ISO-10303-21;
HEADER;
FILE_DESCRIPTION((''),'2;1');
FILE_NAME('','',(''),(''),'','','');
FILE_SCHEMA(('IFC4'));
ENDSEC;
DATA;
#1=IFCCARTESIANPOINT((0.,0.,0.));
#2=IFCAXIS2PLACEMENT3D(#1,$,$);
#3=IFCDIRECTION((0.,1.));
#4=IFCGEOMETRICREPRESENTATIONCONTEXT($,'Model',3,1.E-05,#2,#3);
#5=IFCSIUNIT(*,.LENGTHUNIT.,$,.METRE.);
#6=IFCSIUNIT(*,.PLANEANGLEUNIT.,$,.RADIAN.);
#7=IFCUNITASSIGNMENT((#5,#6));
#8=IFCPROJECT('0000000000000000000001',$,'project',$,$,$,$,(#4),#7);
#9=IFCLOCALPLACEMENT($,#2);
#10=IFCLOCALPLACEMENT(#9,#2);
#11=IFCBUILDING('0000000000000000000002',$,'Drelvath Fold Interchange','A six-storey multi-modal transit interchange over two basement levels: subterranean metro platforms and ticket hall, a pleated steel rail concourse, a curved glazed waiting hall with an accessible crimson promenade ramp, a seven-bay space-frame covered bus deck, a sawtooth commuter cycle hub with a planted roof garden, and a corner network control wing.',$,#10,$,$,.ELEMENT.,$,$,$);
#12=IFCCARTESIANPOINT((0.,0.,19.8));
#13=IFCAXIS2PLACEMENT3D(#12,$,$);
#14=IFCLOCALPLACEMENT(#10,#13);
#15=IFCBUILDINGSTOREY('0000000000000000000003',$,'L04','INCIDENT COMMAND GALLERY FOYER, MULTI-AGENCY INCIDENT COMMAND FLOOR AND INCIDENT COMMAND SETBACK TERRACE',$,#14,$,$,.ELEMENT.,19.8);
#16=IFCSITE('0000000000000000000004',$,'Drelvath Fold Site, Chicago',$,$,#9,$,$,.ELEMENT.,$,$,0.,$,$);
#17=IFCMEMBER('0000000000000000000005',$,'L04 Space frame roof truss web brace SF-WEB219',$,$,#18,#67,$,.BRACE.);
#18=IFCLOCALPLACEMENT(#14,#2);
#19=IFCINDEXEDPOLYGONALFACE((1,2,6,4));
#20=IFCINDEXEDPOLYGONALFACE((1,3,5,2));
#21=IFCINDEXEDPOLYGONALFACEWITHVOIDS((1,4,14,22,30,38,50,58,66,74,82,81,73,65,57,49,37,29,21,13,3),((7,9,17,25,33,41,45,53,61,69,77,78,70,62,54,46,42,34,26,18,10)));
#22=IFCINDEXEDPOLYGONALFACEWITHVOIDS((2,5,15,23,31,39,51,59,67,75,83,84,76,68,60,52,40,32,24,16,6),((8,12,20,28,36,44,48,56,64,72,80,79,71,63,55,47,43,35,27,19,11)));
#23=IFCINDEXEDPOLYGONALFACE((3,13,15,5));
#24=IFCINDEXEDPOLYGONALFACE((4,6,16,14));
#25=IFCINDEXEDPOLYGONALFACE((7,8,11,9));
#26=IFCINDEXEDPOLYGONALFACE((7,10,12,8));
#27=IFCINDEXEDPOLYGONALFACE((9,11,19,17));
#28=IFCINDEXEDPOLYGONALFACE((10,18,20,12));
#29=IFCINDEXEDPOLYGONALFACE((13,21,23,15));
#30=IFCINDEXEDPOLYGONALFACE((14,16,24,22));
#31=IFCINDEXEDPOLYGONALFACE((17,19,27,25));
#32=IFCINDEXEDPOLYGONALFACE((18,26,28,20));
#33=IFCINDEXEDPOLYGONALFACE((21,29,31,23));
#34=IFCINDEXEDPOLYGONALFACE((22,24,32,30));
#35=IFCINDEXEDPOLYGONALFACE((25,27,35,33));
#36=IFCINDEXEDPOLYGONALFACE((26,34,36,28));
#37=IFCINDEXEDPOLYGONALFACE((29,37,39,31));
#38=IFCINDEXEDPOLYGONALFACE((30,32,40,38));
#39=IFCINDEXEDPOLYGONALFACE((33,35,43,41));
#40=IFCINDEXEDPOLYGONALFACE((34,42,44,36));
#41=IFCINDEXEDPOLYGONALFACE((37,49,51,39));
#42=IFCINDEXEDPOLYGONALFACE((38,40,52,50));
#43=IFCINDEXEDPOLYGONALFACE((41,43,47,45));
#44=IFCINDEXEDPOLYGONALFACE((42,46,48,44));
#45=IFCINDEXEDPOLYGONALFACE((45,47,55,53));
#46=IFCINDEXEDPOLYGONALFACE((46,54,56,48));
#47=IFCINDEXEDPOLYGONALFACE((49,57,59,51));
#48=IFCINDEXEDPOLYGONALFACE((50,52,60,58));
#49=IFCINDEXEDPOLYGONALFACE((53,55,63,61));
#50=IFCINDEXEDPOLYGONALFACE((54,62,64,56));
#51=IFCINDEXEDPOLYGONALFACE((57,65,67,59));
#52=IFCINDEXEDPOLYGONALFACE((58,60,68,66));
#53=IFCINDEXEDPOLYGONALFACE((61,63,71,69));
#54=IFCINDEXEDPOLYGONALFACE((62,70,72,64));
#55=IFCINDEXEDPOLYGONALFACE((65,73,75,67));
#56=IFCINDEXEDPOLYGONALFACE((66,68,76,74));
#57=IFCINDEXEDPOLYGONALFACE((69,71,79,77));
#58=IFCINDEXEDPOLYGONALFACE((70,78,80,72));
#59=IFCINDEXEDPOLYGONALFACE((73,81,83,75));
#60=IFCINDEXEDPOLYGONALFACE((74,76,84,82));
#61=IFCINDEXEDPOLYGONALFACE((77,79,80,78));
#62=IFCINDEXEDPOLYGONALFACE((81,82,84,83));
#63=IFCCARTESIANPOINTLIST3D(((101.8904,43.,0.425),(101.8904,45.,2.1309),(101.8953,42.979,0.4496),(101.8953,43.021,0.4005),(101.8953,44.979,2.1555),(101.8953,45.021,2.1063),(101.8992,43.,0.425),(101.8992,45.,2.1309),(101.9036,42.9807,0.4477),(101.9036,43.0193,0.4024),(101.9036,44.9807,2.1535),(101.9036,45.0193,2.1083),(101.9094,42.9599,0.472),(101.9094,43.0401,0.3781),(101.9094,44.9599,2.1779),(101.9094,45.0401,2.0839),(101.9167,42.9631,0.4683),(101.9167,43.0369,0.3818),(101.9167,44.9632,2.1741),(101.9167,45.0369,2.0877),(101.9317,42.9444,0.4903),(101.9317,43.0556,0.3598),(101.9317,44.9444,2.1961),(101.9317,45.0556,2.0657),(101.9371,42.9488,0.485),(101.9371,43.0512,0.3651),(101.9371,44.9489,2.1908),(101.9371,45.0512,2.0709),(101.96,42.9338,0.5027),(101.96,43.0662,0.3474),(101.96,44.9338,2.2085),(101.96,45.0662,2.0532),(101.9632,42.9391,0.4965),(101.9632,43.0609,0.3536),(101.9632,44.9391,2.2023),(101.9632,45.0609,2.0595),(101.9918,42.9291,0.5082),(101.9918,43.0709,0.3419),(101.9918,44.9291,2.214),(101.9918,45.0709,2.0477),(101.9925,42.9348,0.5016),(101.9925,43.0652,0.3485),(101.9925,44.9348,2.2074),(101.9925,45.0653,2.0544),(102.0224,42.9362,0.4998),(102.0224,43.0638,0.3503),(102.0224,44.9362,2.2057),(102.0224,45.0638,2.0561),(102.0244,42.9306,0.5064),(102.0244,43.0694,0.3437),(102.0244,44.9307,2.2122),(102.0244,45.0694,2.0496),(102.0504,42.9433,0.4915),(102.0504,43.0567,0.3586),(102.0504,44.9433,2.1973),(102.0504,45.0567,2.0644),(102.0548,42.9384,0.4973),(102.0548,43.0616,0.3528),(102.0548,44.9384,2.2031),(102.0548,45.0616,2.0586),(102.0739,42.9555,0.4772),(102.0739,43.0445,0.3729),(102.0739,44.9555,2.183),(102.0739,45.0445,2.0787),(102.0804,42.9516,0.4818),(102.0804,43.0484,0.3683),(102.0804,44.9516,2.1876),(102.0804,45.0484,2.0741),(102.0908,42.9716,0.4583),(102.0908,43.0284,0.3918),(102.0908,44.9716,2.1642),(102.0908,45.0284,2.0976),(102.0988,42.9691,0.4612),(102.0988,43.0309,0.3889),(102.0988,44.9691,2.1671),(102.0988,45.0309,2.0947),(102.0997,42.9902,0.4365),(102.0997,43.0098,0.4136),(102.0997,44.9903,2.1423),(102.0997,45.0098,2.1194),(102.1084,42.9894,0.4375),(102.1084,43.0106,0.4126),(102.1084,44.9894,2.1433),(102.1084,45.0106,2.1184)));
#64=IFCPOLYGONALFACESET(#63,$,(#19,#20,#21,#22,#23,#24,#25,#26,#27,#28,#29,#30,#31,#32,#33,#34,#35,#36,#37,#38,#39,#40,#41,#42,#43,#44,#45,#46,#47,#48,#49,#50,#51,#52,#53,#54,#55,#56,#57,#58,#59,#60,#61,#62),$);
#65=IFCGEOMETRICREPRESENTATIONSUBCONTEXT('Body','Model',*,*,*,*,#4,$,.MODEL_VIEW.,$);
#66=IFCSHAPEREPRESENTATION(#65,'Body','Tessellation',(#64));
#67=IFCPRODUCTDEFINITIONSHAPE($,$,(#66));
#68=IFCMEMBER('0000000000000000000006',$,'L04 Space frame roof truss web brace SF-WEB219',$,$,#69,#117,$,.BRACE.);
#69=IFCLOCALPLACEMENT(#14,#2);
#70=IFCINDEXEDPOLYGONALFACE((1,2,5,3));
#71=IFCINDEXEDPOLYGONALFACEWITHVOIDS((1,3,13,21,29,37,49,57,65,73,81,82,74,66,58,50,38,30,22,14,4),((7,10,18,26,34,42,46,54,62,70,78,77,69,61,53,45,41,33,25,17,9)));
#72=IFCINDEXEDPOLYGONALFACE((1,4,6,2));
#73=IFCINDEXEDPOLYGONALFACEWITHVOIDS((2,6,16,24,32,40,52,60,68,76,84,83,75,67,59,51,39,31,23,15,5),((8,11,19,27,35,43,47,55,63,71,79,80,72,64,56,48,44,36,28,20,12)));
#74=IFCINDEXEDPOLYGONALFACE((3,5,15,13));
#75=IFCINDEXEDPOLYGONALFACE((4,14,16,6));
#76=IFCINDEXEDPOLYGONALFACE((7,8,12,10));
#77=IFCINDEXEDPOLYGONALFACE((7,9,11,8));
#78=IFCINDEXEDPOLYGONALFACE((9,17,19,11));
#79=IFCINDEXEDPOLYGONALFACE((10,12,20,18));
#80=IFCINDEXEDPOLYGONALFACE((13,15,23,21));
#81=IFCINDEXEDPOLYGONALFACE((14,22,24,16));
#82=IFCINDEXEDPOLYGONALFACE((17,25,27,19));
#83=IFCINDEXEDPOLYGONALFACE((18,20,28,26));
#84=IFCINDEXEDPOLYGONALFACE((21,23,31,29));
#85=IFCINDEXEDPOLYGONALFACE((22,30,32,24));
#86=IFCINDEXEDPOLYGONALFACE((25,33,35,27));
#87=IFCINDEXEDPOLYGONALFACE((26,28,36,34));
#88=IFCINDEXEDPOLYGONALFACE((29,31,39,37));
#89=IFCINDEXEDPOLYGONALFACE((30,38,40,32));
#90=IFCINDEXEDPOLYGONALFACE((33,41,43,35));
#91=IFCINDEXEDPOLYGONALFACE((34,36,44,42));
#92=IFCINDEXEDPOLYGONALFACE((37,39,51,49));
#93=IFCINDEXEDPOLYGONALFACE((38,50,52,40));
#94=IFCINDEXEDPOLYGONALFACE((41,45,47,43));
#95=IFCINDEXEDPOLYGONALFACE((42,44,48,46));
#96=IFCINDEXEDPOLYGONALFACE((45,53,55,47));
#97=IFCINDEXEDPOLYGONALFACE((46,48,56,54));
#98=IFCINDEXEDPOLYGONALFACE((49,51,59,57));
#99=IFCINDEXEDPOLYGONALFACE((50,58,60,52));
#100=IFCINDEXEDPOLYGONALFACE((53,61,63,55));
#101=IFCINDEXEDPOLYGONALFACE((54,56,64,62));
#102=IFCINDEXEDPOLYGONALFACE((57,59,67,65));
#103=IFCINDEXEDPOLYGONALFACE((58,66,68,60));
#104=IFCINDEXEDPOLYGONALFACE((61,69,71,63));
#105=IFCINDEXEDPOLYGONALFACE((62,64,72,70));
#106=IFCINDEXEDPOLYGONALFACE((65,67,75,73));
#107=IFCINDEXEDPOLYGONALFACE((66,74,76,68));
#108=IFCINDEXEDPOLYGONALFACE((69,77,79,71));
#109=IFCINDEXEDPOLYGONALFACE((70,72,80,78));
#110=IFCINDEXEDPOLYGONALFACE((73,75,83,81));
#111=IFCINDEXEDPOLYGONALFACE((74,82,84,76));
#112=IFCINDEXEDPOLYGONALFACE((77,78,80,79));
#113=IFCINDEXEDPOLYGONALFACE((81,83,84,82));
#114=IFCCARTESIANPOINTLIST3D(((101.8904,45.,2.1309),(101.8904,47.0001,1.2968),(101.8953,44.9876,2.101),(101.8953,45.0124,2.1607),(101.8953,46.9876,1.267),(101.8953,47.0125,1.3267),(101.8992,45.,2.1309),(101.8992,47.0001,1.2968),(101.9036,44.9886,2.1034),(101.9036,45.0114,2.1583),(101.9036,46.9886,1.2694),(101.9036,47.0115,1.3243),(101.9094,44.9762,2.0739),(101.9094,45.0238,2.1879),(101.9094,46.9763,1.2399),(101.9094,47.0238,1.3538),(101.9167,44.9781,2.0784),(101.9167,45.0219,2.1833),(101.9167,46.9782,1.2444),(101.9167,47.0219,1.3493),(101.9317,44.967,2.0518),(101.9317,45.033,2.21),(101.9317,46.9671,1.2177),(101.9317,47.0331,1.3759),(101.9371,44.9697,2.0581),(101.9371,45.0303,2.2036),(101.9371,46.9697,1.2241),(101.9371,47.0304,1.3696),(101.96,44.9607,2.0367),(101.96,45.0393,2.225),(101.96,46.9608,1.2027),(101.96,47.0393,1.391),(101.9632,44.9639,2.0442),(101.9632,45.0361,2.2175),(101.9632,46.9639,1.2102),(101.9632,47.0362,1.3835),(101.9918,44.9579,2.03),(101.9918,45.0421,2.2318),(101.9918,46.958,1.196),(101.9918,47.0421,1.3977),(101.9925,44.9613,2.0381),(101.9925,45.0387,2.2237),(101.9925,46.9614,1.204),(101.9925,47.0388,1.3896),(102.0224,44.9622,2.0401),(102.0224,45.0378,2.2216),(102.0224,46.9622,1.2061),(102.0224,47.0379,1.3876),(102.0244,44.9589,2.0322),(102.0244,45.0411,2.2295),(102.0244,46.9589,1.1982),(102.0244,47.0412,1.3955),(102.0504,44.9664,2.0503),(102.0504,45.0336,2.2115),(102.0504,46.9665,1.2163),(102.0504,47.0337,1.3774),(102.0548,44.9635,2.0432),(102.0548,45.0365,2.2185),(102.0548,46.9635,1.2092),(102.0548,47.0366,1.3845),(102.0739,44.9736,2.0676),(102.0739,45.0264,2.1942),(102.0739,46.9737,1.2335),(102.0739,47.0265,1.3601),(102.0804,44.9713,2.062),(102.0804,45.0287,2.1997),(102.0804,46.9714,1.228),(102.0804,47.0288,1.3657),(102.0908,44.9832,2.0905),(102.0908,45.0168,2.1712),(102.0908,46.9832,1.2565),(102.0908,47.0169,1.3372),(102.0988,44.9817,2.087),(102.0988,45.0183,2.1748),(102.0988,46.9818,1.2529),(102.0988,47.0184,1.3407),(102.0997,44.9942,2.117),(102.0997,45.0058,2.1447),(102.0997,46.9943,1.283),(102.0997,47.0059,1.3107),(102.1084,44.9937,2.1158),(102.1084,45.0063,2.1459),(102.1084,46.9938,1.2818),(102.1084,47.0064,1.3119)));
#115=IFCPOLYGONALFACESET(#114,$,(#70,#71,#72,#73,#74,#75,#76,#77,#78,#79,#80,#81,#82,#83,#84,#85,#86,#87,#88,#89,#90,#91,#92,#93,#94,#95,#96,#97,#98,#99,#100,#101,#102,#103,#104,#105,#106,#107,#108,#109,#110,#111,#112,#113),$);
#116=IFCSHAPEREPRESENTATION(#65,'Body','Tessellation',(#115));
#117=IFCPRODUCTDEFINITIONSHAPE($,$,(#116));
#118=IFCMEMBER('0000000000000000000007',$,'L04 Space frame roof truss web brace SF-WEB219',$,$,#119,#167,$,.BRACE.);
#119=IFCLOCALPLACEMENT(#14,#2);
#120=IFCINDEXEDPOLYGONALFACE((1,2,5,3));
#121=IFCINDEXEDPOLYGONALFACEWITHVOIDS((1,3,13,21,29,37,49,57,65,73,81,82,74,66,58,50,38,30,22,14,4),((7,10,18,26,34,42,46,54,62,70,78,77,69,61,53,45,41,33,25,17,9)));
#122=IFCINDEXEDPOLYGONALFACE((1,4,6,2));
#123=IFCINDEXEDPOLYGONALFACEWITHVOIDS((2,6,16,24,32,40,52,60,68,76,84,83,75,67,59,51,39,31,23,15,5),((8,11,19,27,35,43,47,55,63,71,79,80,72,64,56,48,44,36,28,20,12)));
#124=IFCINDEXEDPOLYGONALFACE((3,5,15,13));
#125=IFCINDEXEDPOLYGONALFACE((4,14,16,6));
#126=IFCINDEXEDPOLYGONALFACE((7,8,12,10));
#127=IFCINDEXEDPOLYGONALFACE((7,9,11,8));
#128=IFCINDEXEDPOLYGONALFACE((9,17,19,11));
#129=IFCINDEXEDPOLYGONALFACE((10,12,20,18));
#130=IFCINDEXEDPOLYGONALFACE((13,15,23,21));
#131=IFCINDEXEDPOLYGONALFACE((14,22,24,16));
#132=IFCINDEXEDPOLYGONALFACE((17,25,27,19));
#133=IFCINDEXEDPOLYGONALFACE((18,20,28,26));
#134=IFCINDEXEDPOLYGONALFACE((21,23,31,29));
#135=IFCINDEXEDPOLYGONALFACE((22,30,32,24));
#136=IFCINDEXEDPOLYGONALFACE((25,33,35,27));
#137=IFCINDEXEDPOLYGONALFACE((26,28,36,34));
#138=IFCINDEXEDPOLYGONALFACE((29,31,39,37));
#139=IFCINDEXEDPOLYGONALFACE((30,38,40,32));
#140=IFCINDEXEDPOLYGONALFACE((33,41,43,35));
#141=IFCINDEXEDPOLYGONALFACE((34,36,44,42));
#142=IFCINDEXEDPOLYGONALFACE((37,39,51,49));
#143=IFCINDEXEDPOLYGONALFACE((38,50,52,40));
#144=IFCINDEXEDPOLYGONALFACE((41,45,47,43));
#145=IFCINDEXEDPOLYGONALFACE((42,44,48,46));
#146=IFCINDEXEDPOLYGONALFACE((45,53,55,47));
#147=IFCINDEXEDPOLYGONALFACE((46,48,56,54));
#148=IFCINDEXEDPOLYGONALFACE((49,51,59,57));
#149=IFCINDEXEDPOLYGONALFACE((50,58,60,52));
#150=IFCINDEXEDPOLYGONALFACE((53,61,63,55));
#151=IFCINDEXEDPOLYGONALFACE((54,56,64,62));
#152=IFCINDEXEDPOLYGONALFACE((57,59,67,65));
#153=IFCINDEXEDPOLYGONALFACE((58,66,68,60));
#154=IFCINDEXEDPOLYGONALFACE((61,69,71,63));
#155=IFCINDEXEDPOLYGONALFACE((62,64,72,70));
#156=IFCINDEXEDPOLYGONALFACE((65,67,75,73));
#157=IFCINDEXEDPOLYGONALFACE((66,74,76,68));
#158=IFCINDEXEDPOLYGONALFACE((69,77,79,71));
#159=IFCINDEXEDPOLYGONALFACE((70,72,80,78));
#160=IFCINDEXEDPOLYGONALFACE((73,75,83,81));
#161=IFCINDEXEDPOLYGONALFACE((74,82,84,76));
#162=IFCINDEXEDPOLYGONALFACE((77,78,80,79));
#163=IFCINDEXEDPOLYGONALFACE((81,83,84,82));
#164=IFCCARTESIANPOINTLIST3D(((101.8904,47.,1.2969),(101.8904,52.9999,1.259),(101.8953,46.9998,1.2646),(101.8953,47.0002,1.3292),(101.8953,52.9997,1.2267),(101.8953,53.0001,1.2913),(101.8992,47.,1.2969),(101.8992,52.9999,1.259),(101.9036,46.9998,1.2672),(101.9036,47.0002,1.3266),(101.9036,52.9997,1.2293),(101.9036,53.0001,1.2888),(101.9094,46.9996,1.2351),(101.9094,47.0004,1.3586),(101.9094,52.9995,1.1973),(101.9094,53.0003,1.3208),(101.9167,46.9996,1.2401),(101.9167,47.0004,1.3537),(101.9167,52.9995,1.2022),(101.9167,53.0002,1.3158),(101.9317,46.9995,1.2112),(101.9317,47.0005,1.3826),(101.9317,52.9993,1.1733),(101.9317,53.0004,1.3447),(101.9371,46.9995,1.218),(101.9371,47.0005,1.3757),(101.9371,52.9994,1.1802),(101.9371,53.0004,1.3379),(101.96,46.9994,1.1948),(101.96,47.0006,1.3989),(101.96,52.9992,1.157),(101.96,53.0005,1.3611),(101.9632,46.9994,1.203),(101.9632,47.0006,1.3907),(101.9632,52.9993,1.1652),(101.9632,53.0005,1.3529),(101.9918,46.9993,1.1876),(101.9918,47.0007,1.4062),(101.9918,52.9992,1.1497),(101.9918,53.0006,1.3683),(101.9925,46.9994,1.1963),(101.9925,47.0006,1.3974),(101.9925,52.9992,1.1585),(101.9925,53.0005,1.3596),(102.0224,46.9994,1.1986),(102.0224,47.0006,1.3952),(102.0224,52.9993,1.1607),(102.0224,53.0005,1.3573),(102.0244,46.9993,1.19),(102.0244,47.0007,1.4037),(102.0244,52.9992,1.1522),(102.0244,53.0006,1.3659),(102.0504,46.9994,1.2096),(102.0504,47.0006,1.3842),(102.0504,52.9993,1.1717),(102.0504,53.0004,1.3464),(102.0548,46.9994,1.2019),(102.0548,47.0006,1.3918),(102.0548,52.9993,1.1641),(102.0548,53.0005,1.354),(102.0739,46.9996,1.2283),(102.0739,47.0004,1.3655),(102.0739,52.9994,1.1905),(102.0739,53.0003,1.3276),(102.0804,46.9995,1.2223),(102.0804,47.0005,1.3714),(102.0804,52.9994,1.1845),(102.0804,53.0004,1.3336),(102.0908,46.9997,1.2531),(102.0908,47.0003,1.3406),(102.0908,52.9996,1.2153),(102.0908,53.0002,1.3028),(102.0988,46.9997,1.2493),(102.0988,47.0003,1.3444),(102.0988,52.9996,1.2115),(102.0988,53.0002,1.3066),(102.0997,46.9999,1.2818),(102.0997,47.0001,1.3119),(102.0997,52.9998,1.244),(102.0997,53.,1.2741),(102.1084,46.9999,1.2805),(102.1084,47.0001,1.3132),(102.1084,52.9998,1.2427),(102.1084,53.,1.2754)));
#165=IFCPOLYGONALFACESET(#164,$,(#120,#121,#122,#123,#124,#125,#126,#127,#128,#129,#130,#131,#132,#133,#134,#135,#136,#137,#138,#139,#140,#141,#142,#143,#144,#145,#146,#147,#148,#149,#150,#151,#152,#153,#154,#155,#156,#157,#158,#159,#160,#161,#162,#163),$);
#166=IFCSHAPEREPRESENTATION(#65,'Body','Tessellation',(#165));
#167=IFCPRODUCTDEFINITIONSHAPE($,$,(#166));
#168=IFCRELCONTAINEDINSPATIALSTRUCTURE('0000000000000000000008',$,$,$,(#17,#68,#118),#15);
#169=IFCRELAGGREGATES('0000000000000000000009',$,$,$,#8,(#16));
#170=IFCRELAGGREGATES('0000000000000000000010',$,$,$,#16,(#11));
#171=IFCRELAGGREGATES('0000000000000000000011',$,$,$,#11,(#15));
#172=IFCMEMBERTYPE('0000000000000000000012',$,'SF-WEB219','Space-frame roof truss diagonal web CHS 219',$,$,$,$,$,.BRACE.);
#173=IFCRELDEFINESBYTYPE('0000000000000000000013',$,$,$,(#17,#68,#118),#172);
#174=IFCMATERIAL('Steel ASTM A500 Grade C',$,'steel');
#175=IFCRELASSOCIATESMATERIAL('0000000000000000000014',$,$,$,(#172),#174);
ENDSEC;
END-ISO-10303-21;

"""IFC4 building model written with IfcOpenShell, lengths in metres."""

from ifc_helpers import new_model, si_unit, direction, frame, origin, origin_2d, place, context, subcontext, project, spatial, hollow_circle, extrude, material, material_profile, profile_set, type_object, element, save


model = new_model("IFC4")

# Units and contexts
model_context = context("Model", 3, precision=1e-05, world=origin(), true_north=direction((0.0, 1.0)))
body_context = subcontext(model_context, "Body", "Model", "MODEL_VIEW")
ifc_project = project(units=[si_unit("LENGTHUNIT", "METRE"), si_unit("PLANEANGLEUNIT", "RADIAN")], contexts=[model_context])

# Site, building, storey
site_placement = place(None, origin())
site = spatial("IfcSite", under=ifc_project, at=site_placement, Name="Drelvath Fold Site, Chicago", CompositionType="ELEMENT", RefElevation=0.0)
building_placement = place(site_placement, origin())
building = spatial("IfcBuilding", under=site, at=building_placement, Name="Drelvath Fold Interchange", Description="A six-storey multi-modal transit interchange over two basement levels: subterranean metro platforms and ticket hall, a pleated steel rail concourse, a curved glazed waiting hall with an accessible crimson promenade ramp, a seven-bay space-frame covered bus deck, a sawtooth commuter cycle hub with a planted roof garden, and a corner network control wing.", CompositionType="ELEMENT")
storey_placement = place(building_placement, frame((0.0, 0.0, 19.8)))
storey = spatial("IfcBuildingStorey", under=building, at=storey_placement, Name="L04", Description="INCIDENT COMMAND GALLERY FOYER, MULTI-AGENCY INCIDENT COMMAND FLOOR AND INCIDENT COMMAND SETBACK TERRACE", CompositionType="ELEMENT", Elevation=19.8)

# Shared definitions
ifc_material_1 = material(Name="Steel ASTM A500 Grade C", Category="steel")

# Members
ifc_material_profile_1 = material_profile(ifc_material_1, hollow_circle(Radius=0.1096, WallThickness=0.0088, at=origin_2d()), Name="HSS8.625X0.375")
ifc_profile_set_1 = profile_set([ifc_material_profile_1], Name="Steel ASTM A500 Grade C")
member_type_1 = type_object("IfcMemberType", Name="SF-WEB219", Description="Space-frame roof truss diagonal web CHS 219", PredefinedType="BRACE", material=ifc_profile_set_1)
member_1_placement = place(storey_placement, frame((102.0, 43.0, 0.425), z_axis=(0.0, 0.760847, 0.648931), x_axis=(-1.0, 0.0, 0.0)))
element("IfcMember", 1, at=member_1_placement, inside=storey, type_object=member_type_1, Name="L04 Space frame roof truss web brace SF-WEB219", PredefinedType="BRACE", context=body_context, shape_type="SweptSolid", body=[
    extrude(hollow_circle(Radius=0.1096, WallThickness=0.0088, at=origin_2d()), origin(), (0.0, 0.0, 1.0), 2.6287),
])
member_2_placement = place(storey_placement, frame((102.0, 45.0, 2.1309), z_axis=(0.0, 0.92297, -0.384871), x_axis=(-1.0, 0.0, 0.0)))
element("IfcMember", 2, at=member_2_placement, inside=storey, type_object=member_type_1, Name="L04 Space frame roof truss web brace SF-WEB219", PredefinedType="BRACE", context=body_context, shape_type="SweptSolid", body=[
    extrude(hollow_circle(Radius=0.1096, WallThickness=0.0088, at=origin_2d()), origin(), (0.0, 0.0, 1.0), 2.167),
])
member_3_placement = place(storey_placement, frame((102.0, 47.0, 1.2969), z_axis=(0.0, 0.99998, -0.006307), x_axis=(-1.0, 0.0, 0.0)))
element("IfcMember", 3, at=member_3_placement, inside=storey, type_object=member_type_1, Name="L04 Space frame roof truss web brace SF-WEB219", PredefinedType="BRACE", context=body_context, shape_type="SweptSolid", body=[
    extrude(hollow_circle(Radius=0.1096, WallThickness=0.0088, at=origin_2d()), origin(), (0.0, 0.0, 1.0), 6.0),
])

save(model, "model.ifc")
